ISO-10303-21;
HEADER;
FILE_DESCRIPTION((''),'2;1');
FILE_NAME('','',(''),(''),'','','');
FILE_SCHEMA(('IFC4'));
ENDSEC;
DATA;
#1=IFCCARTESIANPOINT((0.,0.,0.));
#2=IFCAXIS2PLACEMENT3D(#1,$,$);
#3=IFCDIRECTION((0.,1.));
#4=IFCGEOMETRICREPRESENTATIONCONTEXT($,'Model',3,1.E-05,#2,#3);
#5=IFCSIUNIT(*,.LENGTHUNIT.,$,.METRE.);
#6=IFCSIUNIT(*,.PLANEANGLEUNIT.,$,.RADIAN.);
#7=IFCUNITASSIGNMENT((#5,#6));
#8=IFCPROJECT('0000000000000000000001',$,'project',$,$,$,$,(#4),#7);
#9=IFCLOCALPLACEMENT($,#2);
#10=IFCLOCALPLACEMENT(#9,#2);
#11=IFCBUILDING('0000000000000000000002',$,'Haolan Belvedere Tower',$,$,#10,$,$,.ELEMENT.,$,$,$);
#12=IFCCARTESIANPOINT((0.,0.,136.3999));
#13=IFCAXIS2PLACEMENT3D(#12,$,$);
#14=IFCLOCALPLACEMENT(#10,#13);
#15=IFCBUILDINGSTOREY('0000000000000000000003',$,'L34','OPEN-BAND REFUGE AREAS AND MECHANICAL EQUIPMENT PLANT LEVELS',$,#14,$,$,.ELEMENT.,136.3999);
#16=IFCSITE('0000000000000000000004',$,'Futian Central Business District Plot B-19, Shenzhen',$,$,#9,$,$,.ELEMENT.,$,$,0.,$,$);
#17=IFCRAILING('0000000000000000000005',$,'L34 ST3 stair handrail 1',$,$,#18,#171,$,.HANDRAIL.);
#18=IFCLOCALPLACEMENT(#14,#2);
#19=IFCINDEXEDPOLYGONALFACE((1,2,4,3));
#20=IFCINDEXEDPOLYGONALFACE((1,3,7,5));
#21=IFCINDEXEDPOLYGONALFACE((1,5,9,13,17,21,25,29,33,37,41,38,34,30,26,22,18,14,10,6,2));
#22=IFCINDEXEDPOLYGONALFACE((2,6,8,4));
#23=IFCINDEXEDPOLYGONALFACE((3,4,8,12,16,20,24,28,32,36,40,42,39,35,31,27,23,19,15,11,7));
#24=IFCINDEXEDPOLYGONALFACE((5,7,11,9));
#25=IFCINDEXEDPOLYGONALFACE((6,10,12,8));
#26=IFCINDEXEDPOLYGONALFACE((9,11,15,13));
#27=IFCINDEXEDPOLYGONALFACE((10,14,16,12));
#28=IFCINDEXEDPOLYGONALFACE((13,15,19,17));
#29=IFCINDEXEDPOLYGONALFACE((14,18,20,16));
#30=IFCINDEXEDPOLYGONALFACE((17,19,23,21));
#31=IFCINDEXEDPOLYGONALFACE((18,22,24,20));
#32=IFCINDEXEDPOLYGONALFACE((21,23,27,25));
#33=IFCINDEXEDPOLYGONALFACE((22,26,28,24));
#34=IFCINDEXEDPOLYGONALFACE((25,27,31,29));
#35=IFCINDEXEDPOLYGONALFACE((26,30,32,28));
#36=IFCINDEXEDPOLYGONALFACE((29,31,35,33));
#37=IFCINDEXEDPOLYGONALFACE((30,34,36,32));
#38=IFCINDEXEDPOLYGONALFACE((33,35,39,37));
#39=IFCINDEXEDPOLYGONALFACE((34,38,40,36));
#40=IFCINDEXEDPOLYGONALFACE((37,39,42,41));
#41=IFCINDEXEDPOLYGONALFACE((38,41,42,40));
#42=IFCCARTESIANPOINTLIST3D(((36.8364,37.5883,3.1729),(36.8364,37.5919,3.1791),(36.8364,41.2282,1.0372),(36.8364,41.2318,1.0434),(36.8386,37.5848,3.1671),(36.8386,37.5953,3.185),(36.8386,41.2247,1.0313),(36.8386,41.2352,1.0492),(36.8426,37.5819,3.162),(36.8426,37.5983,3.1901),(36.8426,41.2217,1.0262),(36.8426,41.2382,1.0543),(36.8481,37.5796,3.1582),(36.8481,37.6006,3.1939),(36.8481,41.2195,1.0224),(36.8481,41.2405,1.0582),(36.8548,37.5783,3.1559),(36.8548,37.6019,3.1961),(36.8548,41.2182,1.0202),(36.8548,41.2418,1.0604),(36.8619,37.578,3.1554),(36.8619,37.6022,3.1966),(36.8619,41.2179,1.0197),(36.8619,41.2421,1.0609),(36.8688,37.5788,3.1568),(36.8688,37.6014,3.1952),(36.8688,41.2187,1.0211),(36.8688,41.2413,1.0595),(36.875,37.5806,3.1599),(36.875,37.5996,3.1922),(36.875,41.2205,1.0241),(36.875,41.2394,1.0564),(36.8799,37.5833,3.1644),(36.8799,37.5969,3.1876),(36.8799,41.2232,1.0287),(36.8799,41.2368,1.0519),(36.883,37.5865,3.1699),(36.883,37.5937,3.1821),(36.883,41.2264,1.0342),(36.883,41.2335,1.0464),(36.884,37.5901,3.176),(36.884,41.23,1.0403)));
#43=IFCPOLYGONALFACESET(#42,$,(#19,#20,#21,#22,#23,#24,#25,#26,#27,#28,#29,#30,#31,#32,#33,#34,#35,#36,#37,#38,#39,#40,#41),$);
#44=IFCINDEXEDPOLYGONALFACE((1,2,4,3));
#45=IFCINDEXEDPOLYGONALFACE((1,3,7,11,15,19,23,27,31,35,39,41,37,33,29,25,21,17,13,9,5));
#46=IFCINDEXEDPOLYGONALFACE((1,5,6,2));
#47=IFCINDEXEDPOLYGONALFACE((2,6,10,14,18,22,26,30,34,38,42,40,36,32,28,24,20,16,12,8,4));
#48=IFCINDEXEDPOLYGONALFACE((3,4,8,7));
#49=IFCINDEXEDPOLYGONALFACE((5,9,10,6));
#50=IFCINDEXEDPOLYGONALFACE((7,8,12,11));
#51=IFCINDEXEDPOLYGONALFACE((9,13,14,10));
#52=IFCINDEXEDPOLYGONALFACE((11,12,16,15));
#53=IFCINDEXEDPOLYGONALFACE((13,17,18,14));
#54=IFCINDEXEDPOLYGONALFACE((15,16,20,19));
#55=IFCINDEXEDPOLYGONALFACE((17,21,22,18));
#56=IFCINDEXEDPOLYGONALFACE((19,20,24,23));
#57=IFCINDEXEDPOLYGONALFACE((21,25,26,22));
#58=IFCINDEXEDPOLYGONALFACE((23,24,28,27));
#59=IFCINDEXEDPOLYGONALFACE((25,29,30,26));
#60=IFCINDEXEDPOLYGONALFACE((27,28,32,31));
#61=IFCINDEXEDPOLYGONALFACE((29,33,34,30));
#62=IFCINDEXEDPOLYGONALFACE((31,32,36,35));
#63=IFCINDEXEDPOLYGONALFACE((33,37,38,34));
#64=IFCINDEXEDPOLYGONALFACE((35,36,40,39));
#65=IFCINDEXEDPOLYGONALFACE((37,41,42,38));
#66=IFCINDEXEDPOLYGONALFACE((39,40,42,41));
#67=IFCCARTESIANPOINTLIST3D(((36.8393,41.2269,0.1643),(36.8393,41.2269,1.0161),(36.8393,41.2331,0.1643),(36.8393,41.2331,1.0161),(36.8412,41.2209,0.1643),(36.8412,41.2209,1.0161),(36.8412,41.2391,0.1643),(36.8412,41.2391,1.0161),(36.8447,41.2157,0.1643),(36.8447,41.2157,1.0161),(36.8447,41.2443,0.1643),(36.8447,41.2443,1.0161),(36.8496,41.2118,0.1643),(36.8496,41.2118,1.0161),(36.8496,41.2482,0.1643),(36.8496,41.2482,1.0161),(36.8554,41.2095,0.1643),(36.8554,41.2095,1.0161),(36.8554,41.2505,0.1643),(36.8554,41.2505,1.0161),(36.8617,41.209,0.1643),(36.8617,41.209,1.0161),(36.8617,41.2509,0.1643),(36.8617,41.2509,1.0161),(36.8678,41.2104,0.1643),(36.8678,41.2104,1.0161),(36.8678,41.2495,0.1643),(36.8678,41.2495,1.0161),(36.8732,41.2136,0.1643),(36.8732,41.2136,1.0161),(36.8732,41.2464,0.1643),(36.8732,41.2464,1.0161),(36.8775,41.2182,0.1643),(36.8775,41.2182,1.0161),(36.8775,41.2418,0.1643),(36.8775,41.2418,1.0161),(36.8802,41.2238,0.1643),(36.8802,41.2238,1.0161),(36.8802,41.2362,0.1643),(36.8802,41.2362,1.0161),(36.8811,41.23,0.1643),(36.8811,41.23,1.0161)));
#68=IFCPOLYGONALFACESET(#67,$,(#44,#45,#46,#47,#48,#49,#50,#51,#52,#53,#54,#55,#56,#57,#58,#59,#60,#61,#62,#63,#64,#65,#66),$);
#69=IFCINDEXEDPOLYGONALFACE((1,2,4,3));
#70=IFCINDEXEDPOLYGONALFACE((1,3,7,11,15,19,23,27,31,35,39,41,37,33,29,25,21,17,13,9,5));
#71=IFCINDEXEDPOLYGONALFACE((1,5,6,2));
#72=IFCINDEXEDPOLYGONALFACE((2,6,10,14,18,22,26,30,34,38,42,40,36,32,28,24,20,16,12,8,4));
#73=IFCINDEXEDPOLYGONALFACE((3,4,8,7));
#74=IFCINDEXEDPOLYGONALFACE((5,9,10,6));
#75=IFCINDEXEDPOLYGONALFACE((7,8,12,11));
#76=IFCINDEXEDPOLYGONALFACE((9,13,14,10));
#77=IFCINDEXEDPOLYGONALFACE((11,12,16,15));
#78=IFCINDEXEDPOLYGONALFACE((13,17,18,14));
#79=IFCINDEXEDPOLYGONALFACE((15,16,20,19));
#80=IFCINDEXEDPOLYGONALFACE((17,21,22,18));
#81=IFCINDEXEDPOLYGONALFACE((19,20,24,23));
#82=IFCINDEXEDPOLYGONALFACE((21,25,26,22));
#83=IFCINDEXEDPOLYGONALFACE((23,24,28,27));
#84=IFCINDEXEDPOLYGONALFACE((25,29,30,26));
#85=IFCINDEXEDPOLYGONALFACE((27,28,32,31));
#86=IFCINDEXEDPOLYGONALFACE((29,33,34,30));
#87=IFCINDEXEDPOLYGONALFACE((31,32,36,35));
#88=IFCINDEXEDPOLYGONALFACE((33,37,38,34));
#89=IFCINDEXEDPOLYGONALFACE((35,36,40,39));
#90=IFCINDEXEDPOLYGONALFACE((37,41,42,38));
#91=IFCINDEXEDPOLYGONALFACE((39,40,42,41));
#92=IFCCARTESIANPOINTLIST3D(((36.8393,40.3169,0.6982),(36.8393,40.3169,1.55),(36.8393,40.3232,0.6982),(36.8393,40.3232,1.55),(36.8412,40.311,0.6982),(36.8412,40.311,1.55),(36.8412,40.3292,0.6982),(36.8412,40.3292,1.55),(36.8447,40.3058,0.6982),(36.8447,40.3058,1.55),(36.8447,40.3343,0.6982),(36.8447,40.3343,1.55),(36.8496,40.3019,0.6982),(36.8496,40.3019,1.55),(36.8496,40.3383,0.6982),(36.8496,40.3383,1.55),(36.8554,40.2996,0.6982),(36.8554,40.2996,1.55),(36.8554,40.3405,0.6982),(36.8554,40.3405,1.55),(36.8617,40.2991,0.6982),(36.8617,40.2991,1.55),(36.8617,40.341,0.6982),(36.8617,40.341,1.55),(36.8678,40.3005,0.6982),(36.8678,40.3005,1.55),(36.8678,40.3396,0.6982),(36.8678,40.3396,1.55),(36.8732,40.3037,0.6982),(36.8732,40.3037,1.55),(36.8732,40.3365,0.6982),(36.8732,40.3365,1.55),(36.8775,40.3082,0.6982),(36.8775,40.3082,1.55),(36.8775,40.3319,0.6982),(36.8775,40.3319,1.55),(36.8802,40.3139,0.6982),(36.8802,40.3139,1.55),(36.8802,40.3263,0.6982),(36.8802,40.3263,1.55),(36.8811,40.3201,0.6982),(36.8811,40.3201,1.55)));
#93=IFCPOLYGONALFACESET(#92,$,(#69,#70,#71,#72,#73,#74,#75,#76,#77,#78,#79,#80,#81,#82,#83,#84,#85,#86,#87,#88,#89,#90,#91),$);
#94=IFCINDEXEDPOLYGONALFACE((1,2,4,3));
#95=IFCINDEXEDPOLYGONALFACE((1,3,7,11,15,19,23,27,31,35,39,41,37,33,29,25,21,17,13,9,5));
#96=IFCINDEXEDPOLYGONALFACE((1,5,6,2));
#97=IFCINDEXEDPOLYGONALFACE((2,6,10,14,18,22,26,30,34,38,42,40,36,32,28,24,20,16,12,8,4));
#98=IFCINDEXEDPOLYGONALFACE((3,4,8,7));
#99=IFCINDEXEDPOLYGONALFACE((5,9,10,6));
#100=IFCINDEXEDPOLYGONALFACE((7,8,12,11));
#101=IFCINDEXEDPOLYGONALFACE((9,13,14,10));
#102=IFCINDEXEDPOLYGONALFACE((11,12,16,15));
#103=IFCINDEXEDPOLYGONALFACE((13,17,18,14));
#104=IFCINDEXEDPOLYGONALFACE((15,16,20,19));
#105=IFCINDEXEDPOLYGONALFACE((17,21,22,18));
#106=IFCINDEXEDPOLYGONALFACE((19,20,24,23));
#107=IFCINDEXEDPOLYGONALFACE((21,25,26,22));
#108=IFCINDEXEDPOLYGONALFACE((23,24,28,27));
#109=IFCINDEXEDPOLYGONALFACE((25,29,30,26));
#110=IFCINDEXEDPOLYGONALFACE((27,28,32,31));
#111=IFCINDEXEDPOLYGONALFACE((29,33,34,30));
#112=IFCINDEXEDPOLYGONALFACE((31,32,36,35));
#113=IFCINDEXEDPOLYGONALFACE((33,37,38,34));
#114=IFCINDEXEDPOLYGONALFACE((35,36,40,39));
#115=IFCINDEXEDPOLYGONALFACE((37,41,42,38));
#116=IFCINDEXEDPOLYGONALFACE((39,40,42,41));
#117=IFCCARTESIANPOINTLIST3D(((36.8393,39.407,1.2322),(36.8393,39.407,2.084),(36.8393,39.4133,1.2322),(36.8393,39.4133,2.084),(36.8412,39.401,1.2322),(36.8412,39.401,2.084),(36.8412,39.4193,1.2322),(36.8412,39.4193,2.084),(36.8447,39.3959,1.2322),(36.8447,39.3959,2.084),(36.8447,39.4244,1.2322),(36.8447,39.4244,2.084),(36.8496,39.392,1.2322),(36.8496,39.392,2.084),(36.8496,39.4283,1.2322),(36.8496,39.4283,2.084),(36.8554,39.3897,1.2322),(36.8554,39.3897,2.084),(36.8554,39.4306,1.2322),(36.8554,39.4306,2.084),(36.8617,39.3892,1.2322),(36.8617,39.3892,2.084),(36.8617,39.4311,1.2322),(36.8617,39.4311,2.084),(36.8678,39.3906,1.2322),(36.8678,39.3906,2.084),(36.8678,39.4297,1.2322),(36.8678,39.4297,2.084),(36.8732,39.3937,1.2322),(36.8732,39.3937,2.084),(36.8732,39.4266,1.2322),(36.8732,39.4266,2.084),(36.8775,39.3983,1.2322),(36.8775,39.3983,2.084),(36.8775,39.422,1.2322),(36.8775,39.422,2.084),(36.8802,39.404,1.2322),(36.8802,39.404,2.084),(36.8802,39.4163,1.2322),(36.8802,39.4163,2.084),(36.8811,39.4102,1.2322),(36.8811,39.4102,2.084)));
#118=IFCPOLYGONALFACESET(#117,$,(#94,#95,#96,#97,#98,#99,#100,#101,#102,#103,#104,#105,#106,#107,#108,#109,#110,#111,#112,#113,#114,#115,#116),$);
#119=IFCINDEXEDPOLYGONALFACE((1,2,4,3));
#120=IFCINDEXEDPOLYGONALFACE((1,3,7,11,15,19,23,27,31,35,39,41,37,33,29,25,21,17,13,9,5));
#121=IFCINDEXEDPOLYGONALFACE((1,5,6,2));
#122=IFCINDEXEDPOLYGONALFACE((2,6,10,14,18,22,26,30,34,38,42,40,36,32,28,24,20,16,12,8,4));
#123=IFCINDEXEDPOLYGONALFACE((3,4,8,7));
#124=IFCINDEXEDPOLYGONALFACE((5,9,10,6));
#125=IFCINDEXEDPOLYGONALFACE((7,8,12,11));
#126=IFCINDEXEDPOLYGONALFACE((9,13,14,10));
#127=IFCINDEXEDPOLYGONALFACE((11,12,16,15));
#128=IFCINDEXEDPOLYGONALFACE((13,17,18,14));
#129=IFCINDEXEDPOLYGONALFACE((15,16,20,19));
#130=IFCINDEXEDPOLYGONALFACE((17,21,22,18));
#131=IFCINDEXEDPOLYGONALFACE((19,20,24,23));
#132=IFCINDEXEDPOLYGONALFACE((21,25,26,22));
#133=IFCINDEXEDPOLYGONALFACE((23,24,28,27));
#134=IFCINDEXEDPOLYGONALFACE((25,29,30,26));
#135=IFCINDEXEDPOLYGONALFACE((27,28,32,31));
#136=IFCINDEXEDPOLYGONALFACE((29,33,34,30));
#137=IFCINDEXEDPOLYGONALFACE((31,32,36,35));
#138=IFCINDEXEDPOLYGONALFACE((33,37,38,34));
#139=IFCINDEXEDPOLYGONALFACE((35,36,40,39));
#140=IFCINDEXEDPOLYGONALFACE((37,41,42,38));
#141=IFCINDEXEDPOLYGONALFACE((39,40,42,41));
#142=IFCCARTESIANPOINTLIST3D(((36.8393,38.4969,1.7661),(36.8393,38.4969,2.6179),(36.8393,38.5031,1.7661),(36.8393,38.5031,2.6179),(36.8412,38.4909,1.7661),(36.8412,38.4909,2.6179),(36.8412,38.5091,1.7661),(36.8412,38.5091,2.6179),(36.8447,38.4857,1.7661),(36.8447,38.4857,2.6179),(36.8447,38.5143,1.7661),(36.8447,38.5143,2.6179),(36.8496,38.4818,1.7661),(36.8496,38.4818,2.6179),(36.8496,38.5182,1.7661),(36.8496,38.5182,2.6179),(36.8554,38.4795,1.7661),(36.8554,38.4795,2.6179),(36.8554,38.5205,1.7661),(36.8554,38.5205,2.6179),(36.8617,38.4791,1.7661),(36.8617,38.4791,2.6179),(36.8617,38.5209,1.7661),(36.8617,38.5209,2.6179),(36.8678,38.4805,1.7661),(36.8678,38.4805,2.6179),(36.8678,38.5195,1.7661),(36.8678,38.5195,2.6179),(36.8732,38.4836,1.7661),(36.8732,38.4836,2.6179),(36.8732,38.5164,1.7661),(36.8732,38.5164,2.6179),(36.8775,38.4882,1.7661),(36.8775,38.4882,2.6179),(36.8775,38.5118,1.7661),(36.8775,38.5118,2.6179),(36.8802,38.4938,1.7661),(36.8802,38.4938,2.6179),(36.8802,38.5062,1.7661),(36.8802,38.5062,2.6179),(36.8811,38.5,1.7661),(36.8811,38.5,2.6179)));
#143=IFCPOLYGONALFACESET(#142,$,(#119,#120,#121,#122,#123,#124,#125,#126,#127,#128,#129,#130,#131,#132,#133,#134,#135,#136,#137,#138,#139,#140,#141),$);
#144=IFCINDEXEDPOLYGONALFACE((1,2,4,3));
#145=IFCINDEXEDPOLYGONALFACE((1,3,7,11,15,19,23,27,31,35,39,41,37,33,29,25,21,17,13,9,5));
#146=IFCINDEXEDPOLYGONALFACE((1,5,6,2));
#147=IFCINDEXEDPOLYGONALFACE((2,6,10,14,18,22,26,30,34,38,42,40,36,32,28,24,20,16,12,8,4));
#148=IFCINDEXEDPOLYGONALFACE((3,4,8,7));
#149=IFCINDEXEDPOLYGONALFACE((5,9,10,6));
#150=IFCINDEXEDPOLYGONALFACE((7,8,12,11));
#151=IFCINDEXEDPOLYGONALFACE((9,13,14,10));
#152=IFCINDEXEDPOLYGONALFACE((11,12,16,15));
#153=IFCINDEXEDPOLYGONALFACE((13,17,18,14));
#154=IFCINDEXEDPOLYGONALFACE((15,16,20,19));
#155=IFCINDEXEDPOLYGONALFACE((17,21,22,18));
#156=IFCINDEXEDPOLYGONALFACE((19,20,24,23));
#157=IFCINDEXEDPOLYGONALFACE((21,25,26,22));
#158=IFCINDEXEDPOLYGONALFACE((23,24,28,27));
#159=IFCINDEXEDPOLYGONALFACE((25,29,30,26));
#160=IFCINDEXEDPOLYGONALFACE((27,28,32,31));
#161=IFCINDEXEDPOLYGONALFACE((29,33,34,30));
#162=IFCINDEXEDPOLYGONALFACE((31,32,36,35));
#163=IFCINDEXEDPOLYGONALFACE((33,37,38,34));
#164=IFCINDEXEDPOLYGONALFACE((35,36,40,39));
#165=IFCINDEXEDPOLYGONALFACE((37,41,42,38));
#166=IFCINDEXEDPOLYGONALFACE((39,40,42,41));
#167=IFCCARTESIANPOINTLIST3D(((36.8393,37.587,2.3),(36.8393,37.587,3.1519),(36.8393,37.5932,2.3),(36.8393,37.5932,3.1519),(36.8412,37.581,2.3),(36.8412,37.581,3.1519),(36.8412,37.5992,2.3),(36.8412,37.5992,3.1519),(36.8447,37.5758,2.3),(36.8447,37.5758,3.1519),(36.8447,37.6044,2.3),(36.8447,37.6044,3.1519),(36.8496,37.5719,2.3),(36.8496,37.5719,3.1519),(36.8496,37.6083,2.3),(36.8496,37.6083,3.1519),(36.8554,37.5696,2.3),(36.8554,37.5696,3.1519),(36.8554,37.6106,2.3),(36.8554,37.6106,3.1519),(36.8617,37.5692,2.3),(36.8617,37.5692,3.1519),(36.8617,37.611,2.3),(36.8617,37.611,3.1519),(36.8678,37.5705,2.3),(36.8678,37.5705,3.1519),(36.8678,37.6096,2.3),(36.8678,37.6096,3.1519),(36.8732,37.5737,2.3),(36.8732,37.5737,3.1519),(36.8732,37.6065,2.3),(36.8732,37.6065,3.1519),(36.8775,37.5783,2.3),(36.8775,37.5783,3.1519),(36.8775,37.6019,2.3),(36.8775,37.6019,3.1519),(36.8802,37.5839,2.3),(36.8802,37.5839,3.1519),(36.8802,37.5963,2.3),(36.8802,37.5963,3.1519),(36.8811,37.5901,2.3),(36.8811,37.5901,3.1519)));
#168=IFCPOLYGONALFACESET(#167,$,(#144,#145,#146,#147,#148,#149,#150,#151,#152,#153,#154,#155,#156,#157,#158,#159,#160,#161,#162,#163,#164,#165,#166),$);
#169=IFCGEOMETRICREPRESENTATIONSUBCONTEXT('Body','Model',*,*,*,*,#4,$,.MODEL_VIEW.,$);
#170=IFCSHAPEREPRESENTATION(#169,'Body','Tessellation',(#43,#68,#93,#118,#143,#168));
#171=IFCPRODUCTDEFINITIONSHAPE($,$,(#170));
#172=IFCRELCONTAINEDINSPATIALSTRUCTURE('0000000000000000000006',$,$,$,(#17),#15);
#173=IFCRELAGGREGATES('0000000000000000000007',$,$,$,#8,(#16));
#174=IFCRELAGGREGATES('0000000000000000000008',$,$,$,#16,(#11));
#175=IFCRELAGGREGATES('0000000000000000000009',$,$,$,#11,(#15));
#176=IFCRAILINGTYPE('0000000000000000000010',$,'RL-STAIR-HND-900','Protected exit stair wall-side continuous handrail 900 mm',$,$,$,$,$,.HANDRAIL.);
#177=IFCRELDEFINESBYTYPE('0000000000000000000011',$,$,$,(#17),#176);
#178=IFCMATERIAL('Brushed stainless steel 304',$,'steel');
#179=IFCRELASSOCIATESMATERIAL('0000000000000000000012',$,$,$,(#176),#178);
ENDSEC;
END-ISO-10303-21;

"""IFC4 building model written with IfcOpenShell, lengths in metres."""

from ifc_helpers import new_model, si_unit, direction, frame, origin, origin_2d, place, context, subcontext, project, spatial, circle, extrude, material, type_object, element, save


model = new_model("IFC4")

# Units and contexts
model_context = context("Model", 3, precision=1e-05, world=origin(), true_north=direction((0.0, 1.0)))
body_context = subcontext(model_context, "Body", "Model", "MODEL_VIEW")
ifc_project = project(units=[si_unit("LENGTHUNIT", "METRE"), si_unit("PLANEANGLEUNIT", "RADIAN")], contexts=[model_context])

# Site, building, storey
site_placement = place(None, origin())
site = spatial("IfcSite", under=ifc_project, at=site_placement, Name="Futian Central Business District Plot B-19, Shenzhen", CompositionType="ELEMENT", RefElevation=0.0)
building_placement = place(site_placement, origin())
building = spatial("IfcBuilding", under=site, at=building_placement, Name="Haolan Belvedere Tower", CompositionType="ELEMENT")
storey_placement = place(building_placement, frame((0.0, 0.0, 136.3999)))
storey = spatial("IfcBuildingStorey", under=building, at=storey_placement, Name="L34", Description="OPEN-BAND REFUGE AREAS AND MECHANICAL EQUIPMENT PLANT LEVELS", CompositionType="ELEMENT", Elevation=136.3999)

# Railing
ifc_material_1 = material(Name="Brushed stainless steel 304", Category="steel")
railing_type_1 = type_object("IfcRailingType", Name="RL-STAIR-HND-900", Description="Protected exit stair wall-side continuous handrail 900 mm", PredefinedType="HANDRAIL", material=ifc_material_1)
railing_1_placement = place(storey_placement, frame((36.8601, 41.23, 0.1643)))
element("IfcRailing", 1, at=railing_1_placement, inside=storey, type_object=railing_type_1, Name="L34 ST3 stair handrail 1", PredefinedType="HANDRAIL", context=body_context, shape_type="SweptSolid", body=[
    extrude(circle(Radius=0.0239, at=origin_2d()), frame((0.0, 0.0, 0.876), z_axis=(0.0, -0.86249, 0.506074), x_axis=(1.0, 0.0, 0.0)), (0.0, 0.0, 1.0), 4.2202),
    extrude(circle(Radius=0.021, at=origin_2d()), origin(), (0.0, 0.0, 1.0), 0.8518),
    extrude(circle(Radius=0.021, at=origin_2d()), frame((0.0, -0.9099, 0.5339)), (0.0, 0.0, 1.0), 0.8518),
    extrude(circle(Radius=0.021, at=origin_2d()), frame((0.0, -1.8198, 1.0679)), (0.0, 0.0, 1.0), 0.8518),
    extrude(circle(Radius=0.021, at=origin_2d()), frame((0.0, -2.73, 1.6018)), (0.0, 0.0, 1.0), 0.8518),
    extrude(circle(Radius=0.021, at=origin_2d()), frame((0.0, -3.6399, 2.1357)), (0.0, 0.0, 1.0), 0.8518),
])

save(model, "model.ifc")
